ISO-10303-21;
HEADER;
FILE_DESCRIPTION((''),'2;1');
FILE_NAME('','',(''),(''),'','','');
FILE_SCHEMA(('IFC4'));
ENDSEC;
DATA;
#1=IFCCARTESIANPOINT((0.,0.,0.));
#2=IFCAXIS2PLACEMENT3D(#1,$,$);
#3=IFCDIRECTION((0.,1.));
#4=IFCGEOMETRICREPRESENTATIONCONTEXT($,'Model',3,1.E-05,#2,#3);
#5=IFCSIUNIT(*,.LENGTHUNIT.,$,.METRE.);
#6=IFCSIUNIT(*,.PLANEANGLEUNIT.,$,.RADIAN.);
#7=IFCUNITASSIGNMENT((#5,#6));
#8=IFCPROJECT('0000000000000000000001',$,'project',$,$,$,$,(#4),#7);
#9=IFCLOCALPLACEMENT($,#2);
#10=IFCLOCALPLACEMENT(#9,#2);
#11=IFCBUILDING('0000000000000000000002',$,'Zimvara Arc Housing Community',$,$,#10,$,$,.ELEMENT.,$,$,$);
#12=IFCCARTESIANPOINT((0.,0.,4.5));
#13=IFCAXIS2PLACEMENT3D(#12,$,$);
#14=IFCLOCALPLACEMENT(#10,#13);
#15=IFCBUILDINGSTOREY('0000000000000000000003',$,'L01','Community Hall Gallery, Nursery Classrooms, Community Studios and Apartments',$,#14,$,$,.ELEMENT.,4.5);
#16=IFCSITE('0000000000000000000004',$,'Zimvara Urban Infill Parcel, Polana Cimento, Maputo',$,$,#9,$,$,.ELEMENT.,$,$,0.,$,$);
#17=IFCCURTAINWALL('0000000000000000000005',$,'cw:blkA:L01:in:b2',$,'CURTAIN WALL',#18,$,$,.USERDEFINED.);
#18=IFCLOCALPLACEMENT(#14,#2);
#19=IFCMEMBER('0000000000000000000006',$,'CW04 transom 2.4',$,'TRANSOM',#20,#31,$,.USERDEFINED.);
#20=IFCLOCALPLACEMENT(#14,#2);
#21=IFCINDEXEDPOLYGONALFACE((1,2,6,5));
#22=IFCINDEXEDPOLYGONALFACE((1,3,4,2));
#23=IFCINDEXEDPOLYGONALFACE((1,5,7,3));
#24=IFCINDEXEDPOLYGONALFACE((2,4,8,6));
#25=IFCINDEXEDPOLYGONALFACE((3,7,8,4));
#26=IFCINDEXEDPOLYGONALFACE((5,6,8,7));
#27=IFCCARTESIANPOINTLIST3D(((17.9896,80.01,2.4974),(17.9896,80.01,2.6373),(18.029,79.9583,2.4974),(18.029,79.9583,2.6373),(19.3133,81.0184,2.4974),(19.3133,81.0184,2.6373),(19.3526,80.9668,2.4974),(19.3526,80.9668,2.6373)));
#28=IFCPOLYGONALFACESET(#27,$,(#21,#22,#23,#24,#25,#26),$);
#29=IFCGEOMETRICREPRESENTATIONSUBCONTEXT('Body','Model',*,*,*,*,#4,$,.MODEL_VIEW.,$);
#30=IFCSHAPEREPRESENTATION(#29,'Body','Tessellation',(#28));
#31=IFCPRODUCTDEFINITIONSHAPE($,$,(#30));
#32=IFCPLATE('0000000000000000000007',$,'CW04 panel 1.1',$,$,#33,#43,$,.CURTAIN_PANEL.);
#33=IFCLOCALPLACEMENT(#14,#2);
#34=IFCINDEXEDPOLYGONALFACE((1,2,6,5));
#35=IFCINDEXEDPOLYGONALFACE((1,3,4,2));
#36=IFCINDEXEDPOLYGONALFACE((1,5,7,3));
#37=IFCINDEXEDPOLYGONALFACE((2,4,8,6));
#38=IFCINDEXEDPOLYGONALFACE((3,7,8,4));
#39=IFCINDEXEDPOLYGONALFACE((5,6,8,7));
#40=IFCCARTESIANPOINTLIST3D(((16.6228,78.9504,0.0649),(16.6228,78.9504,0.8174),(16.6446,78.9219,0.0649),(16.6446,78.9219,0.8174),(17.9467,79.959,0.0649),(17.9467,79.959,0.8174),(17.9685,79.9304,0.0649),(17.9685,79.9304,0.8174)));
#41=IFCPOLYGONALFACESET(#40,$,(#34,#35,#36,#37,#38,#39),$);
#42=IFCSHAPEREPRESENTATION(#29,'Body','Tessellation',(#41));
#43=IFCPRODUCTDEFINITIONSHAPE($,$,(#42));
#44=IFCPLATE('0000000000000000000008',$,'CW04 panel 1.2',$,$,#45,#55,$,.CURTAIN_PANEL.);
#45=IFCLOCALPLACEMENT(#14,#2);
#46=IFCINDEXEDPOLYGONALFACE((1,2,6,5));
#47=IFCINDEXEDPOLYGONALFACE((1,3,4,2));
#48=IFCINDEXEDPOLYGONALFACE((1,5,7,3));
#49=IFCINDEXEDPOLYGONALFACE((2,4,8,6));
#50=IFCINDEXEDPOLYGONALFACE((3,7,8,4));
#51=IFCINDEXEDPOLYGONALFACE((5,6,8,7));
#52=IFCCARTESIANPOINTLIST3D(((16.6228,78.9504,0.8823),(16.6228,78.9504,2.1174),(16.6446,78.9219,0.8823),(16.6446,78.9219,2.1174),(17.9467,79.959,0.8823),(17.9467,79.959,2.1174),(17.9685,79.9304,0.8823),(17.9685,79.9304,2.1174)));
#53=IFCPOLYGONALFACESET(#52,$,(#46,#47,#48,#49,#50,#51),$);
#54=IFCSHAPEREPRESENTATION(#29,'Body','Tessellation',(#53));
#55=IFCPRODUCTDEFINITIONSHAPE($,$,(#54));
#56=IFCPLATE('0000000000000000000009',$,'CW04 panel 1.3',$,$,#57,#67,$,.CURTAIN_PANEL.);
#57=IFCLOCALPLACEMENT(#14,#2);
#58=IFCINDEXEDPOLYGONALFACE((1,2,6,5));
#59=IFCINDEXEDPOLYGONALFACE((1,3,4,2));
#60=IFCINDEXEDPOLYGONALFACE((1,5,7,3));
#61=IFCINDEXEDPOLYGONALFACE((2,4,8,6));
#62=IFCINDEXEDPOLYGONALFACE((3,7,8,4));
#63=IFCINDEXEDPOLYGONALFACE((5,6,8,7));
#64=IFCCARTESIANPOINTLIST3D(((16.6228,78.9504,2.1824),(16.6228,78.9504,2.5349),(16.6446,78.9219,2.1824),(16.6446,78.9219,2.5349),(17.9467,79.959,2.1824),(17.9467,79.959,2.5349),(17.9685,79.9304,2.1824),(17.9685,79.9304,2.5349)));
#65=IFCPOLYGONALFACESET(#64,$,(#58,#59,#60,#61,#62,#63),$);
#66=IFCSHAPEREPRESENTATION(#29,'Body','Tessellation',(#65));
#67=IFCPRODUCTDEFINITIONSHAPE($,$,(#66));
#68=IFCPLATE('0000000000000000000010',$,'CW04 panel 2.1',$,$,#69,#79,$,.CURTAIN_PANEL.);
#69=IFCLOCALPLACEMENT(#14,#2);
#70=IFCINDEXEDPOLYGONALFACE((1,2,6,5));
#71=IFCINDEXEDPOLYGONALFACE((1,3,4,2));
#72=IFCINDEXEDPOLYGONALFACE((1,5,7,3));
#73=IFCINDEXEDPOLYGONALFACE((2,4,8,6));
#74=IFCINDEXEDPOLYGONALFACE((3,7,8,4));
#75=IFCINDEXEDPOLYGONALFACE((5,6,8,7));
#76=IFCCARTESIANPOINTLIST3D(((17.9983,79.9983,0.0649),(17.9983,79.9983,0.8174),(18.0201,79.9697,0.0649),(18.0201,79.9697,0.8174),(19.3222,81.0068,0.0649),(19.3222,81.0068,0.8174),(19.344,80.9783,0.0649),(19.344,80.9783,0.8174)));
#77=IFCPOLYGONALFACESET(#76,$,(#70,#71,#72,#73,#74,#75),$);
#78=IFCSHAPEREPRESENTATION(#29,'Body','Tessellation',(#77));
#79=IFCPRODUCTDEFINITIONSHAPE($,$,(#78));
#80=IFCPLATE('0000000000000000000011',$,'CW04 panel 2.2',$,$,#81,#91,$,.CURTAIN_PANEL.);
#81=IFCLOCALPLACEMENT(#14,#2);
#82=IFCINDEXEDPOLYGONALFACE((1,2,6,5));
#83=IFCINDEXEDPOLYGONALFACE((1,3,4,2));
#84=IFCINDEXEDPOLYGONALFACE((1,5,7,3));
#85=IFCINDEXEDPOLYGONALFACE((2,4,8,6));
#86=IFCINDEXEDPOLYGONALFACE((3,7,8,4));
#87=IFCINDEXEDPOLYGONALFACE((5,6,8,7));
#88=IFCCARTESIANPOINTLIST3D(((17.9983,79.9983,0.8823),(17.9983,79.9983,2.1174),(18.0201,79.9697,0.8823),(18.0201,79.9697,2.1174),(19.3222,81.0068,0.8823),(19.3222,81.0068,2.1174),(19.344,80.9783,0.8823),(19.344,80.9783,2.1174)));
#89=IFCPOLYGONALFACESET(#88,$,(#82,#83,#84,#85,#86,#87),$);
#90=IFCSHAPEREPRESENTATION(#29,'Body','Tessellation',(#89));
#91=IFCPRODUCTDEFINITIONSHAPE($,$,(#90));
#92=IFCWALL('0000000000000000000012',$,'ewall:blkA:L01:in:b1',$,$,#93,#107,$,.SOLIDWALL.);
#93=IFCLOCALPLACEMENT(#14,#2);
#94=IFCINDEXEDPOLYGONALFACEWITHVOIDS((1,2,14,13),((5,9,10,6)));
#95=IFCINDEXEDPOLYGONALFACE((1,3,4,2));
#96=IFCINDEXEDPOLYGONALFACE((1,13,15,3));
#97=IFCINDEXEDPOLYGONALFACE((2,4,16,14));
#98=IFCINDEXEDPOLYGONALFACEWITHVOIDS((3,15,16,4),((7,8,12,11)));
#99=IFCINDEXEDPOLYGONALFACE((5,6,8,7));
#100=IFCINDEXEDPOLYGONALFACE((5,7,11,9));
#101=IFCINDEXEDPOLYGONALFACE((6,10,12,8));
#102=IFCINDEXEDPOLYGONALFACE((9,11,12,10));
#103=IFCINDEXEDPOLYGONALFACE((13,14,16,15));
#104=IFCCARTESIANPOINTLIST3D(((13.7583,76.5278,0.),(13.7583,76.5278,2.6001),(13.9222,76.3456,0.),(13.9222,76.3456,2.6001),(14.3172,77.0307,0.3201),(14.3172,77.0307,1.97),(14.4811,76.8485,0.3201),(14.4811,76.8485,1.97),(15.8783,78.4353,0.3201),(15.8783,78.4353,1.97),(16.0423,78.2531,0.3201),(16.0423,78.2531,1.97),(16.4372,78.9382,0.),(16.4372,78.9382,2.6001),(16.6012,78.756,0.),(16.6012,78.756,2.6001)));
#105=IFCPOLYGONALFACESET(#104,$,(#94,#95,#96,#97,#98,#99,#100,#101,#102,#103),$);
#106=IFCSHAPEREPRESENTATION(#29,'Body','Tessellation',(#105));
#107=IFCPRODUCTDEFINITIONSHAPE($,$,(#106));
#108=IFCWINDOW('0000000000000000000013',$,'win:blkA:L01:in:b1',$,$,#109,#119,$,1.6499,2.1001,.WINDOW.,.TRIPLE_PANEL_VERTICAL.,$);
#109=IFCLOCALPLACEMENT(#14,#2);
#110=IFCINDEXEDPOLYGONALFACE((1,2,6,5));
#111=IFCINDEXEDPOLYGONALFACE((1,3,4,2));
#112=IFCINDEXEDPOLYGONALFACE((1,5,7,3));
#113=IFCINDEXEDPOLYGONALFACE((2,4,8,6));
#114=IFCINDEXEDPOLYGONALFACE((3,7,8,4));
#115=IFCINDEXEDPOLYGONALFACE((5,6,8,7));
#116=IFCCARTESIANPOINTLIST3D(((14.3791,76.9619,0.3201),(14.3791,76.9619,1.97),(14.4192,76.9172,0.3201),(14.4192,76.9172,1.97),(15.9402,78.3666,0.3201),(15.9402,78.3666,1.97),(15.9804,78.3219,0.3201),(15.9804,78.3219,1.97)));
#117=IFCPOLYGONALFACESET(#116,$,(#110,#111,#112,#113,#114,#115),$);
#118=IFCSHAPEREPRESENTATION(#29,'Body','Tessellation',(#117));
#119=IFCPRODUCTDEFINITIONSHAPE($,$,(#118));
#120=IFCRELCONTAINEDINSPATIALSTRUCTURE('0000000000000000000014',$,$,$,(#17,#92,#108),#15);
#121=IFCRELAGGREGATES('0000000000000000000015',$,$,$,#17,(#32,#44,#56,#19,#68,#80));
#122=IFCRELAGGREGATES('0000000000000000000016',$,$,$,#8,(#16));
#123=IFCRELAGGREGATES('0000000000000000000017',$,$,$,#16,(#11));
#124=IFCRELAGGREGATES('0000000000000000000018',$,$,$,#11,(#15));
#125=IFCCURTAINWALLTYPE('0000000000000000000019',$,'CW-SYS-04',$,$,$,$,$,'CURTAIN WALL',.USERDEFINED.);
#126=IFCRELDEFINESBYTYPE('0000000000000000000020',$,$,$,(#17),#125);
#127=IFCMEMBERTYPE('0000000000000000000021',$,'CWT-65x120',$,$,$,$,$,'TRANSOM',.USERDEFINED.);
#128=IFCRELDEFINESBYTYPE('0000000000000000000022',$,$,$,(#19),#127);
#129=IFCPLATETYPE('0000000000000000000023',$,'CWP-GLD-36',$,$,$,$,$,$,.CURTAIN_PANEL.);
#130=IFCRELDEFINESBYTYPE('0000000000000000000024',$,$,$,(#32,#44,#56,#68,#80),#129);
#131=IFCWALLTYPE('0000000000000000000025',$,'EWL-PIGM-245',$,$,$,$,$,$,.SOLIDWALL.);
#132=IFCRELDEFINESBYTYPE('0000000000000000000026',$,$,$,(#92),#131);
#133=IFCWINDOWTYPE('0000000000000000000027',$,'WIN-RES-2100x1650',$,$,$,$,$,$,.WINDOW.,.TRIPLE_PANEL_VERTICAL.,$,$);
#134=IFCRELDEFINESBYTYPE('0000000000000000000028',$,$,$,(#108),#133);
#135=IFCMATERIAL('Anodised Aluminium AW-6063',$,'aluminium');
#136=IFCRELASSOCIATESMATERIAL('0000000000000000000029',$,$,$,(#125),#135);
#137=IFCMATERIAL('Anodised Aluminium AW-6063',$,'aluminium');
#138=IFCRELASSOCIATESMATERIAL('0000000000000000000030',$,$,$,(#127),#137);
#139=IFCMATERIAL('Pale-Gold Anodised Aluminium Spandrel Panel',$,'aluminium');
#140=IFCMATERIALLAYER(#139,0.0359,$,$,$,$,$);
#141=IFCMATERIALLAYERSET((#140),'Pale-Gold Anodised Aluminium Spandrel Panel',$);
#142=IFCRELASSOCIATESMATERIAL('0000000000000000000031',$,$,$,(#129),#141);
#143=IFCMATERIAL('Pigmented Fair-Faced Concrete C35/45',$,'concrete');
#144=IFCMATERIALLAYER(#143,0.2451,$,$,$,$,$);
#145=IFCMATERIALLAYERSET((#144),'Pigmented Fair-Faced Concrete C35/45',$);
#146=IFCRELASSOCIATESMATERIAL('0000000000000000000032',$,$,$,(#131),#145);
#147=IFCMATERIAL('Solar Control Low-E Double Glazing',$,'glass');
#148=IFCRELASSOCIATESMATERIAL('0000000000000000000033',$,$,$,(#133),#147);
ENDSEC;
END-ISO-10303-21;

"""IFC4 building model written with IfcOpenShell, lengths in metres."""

from ifc_helpers import new_model, si_unit, direction, frame, frame_2d, origin, origin_2d, place, context, subcontext, project, spatial, rectangle, extrude, material, layer, layer_set, material_profile, profile_set, type_object, element, fill, aggregate, save


model = new_model("IFC4")

# Units and contexts
model_context = context("Model", 3, precision=1e-05, world=origin(), true_north=direction((0.0, 1.0)))
body_context = subcontext(model_context, "Body", "Model", "MODEL_VIEW")
ifc_project = project(units=[si_unit("LENGTHUNIT", "METRE"), si_unit("PLANEANGLEUNIT", "RADIAN")], contexts=[model_context])

# Site, building, storey
site_placement = place(None, origin())
site = spatial("IfcSite", under=ifc_project, at=site_placement, Name="Zimvara Urban Infill Parcel, Polana Cimento, Maputo", CompositionType="ELEMENT", RefElevation=0.0)
building_placement = place(site_placement, origin())
building = spatial("IfcBuilding", under=site, at=building_placement, Name="Zimvara Arc Housing Community", CompositionType="ELEMENT")
storey_placement = place(building_placement, frame((0.0, 0.0, 4.5)))
storey = spatial("IfcBuildingStorey", under=building, at=storey_placement, Name="L01", Description="Community Hall Gallery, Nursery Classrooms, Community Studios and Apartments", CompositionType="ELEMENT", Elevation=4.5)

# Curtain wall, member, plates
ifc_material_1 = material(Name="Anodised Aluminium AW-6063", Category="aluminium")
curtain_wall_type_1 = type_object("IfcCurtainWallType", Name="CW-SYS-04", ElementType="CURTAIN WALL", PredefinedType="USERDEFINED", material=ifc_material_1)
curtain_wall_1_placement = place(storey_placement, origin())
curtain_wall_1 = element("IfcCurtainWall", 1, at=curtain_wall_1_placement, inside=storey, type_object=curtain_wall_type_1, Name="cw:blkA:L01:in:b2", ObjectType="CURTAIN WALL", PredefinedType="USERDEFINED")
ifc_material_2 = material(Name="Anodised Aluminium AW-6063", Category="aluminium")
ifc_material_profile_1 = material_profile(ifc_material_2, rectangle(XDim=0.0649, YDim=0.1399, at=origin_2d()), Name="ALU 65x140")
ifc_profile_set_1 = profile_set([ifc_material_profile_1], Name="Anodised Aluminium AW-6063")
member_type_1 = type_object("IfcMemberType", Name="CWT-65x120", ElementType="TRANSOM", PredefinedType="USERDEFINED", material=ifc_profile_set_1)
member_1_placement = place(storey_placement, frame((18.0093, 79.9841, 2.5674), z_axis=(0.795435, 0.606039, 0.0), x_axis=(-0.606039, 0.795435, 0.0)))
member_1 = element("IfcMember", 2, at=member_1_placement, type_object=member_type_1, Name="CW04 transom 2.4", ObjectType="TRANSOM", PredefinedType="USERDEFINED", context=body_context, shape_type="SweptSolid", body=[
    extrude(rectangle(XDim=0.0649, YDim=0.1399, at=origin_2d()), origin(), (0.0, 0.0, 1.0), 1.6641),
])
ifc_material_3 = material(Name="Pale-Gold Anodised Aluminium Spandrel Panel", Category="aluminium")
ifc_layer_1 = layer(ifc_material_3, 0.0359)
ifc_layer_set_1 = layer_set([ifc_layer_1], Name="Pale-Gold Anodised Aluminium Spandrel Panel")
plate_type = type_object("IfcPlateType", Name="CWP-GLD-36", PredefinedType="CURTAIN_PANEL", material=ifc_layer_set_1)
plate_1_placement = place(storey_placement, frame((17.2957, 79.4404, 0.0649), z_axis=(0.0, 0.0, 1.0), x_axis=(0.795474, 0.605988, 0.0)))
plate_1 = element("IfcPlate", 3, at=plate_1_placement, type_object=plate_type, Name="CW04 panel 1.1", PredefinedType="CURTAIN_PANEL", context=body_context, shape_type="SweptSolid", body=[
    extrude(rectangle(XDim=1.6643, YDim=0.0359, at=origin_2d()), origin(), (0.0, 0.0, 1.0), 0.7524),
])
plate_2_placement = place(storey_placement, frame((17.2957, 79.4404, 0.8823), z_axis=(0.0, 0.0, 1.0), x_axis=(0.795474, 0.605988, 0.0)))
plate_2 = element("IfcPlate", 4, at=plate_2_placement, type_object=plate_type, Name="CW04 panel 1.2", PredefinedType="CURTAIN_PANEL", context=body_context, shape_type="SweptSolid", body=[
    extrude(rectangle(XDim=1.6643, YDim=0.0359, at=origin_2d()), origin(), (0.0, 0.0, 1.0), 1.2351),
])
plate_3_placement = place(storey_placement, frame((17.2957, 79.4404, 2.1824), z_axis=(0.0, 0.0, 1.0), x_axis=(0.795474, 0.605988, 0.0)))
plate_3 = element("IfcPlate", 5, at=plate_3_placement, type_object=plate_type, Name="CW04 panel 1.3", PredefinedType="CURTAIN_PANEL", context=body_context, shape_type="SweptSolid", body=[
    extrude(rectangle(XDim=1.6643, YDim=0.0359, at=origin_2d()), origin(), (0.0, 0.0, 1.0), 0.3525),
])
plate_4_placement = place(storey_placement, frame((18.6711, 80.4883, 0.0649), z_axis=(0.0, 0.0, 1.0), x_axis=(0.795474, 0.605988, 0.0)))
plate_4 = element("IfcPlate", 6, at=plate_4_placement, type_object=plate_type, Name="CW04 panel 2.1", PredefinedType="CURTAIN_PANEL", context=body_context, shape_type="SweptSolid", body=[
    extrude(rectangle(XDim=1.6643, YDim=0.0359, at=origin_2d()), origin(), (0.0, 0.0, 1.0), 0.7524),
])
plate_5_placement = place(storey_placement, frame((18.6711, 80.4883, 0.8823), z_axis=(0.0, 0.0, 1.0), x_axis=(0.795474, 0.605988, 0.0)))
plate_5 = element("IfcPlate", 7, at=plate_5_placement, type_object=plate_type, Name="CW04 panel 2.2", PredefinedType="CURTAIN_PANEL", context=body_context, shape_type="SweptSolid", body=[
    extrude(rectangle(XDim=1.6643, YDim=0.0359, at=origin_2d()), origin(), (0.0, 0.0, 1.0), 1.2351),
])
aggregate(curtain_wall_1, [plate_1, plate_2, plate_3, member_1, plate_4, plate_5])

# Wall, opening, window
ifc_material_4 = material(Name="Pigmented Fair-Faced Concrete C35/45", Category="concrete")
ifc_layer_2 = layer(ifc_material_4, 0.2451)
ifc_layer_set_2 = layer_set([ifc_layer_2], Name="Pigmented Fair-Faced Concrete C35/45")
wall_type = type_object("IfcWallType", Name="EWL-PIGM-245", PredefinedType="SOLIDWALL", material=ifc_layer_set_2)
wall_placement = place(storey_placement, frame((13.8403, 76.4368, 0.0), z_axis=(0.0, 0.0, 1.0), x_axis=(0.743385, 0.668864, 0.0)))
wall = element("IfcWall", 8, at=wall_placement, inside=storey, type_object=wall_type, Name="ewall:blkA:L01:in:b1", PredefinedType="SOLIDWALL", context=body_context, shape_type="SweptSolid", body=[
    extrude(rectangle(XDim=3.6038, YDim=0.2451, at=frame_2d((1.8018, 0.0))), origin(), (0.0, 0.0, 1.0), 2.6001),
])
opening_placement = place(wall_placement, frame((0.7517, 0.0, 0.3201)))
opening = element("IfcOpeningElement", 9, at=opening_placement, cuts=wall, PredefinedType="OPENING", context=body_context, shape_type="SweptSolid", body=[
    extrude(rectangle(XDim=2.1001, YDim=1.6499, at=frame_2d((1.05, 0.825))), frame((0.0, 0.1326, 0.0), z_axis=(0.0, -1.0, 0.0), x_axis=(1.0, 0.0, 0.0)), (0.0, 0.0, 1.0), 0.2651),
])
ifc_material_5 = material(Name="Solar Control Low-E Double Glazing", Category="glass")
window_type = type_object("IfcWindowType", Name="WIN-RES-2100x1650", PartitioningType="TRIPLE_PANEL_VERTICAL", PredefinedType="WINDOW", material=ifc_material_5)
window_placement = place(opening_placement, origin())
window = element("IfcWindow", 10, at=window_placement, inside=storey, type_object=window_type, Name="win:blkA:L01:in:b1", OverallHeight=1.6499, OverallWidth=2.1001, PartitioningType="TRIPLE_PANEL_VERTICAL", PredefinedType="WINDOW", context=body_context, shape_type="SweptSolid", body=[
    extrude(rectangle(XDim=2.1001, YDim=1.6499, at=frame_2d((1.05, 0.825))), frame((0.0, 0.03, 0.0), z_axis=(0.0, -1.0, 0.0), x_axis=(1.0, 0.0, 0.0)), (0.0, 0.0, 1.0), 0.0601),
])
fill(opening, window)

save(model, "model.ifc")
